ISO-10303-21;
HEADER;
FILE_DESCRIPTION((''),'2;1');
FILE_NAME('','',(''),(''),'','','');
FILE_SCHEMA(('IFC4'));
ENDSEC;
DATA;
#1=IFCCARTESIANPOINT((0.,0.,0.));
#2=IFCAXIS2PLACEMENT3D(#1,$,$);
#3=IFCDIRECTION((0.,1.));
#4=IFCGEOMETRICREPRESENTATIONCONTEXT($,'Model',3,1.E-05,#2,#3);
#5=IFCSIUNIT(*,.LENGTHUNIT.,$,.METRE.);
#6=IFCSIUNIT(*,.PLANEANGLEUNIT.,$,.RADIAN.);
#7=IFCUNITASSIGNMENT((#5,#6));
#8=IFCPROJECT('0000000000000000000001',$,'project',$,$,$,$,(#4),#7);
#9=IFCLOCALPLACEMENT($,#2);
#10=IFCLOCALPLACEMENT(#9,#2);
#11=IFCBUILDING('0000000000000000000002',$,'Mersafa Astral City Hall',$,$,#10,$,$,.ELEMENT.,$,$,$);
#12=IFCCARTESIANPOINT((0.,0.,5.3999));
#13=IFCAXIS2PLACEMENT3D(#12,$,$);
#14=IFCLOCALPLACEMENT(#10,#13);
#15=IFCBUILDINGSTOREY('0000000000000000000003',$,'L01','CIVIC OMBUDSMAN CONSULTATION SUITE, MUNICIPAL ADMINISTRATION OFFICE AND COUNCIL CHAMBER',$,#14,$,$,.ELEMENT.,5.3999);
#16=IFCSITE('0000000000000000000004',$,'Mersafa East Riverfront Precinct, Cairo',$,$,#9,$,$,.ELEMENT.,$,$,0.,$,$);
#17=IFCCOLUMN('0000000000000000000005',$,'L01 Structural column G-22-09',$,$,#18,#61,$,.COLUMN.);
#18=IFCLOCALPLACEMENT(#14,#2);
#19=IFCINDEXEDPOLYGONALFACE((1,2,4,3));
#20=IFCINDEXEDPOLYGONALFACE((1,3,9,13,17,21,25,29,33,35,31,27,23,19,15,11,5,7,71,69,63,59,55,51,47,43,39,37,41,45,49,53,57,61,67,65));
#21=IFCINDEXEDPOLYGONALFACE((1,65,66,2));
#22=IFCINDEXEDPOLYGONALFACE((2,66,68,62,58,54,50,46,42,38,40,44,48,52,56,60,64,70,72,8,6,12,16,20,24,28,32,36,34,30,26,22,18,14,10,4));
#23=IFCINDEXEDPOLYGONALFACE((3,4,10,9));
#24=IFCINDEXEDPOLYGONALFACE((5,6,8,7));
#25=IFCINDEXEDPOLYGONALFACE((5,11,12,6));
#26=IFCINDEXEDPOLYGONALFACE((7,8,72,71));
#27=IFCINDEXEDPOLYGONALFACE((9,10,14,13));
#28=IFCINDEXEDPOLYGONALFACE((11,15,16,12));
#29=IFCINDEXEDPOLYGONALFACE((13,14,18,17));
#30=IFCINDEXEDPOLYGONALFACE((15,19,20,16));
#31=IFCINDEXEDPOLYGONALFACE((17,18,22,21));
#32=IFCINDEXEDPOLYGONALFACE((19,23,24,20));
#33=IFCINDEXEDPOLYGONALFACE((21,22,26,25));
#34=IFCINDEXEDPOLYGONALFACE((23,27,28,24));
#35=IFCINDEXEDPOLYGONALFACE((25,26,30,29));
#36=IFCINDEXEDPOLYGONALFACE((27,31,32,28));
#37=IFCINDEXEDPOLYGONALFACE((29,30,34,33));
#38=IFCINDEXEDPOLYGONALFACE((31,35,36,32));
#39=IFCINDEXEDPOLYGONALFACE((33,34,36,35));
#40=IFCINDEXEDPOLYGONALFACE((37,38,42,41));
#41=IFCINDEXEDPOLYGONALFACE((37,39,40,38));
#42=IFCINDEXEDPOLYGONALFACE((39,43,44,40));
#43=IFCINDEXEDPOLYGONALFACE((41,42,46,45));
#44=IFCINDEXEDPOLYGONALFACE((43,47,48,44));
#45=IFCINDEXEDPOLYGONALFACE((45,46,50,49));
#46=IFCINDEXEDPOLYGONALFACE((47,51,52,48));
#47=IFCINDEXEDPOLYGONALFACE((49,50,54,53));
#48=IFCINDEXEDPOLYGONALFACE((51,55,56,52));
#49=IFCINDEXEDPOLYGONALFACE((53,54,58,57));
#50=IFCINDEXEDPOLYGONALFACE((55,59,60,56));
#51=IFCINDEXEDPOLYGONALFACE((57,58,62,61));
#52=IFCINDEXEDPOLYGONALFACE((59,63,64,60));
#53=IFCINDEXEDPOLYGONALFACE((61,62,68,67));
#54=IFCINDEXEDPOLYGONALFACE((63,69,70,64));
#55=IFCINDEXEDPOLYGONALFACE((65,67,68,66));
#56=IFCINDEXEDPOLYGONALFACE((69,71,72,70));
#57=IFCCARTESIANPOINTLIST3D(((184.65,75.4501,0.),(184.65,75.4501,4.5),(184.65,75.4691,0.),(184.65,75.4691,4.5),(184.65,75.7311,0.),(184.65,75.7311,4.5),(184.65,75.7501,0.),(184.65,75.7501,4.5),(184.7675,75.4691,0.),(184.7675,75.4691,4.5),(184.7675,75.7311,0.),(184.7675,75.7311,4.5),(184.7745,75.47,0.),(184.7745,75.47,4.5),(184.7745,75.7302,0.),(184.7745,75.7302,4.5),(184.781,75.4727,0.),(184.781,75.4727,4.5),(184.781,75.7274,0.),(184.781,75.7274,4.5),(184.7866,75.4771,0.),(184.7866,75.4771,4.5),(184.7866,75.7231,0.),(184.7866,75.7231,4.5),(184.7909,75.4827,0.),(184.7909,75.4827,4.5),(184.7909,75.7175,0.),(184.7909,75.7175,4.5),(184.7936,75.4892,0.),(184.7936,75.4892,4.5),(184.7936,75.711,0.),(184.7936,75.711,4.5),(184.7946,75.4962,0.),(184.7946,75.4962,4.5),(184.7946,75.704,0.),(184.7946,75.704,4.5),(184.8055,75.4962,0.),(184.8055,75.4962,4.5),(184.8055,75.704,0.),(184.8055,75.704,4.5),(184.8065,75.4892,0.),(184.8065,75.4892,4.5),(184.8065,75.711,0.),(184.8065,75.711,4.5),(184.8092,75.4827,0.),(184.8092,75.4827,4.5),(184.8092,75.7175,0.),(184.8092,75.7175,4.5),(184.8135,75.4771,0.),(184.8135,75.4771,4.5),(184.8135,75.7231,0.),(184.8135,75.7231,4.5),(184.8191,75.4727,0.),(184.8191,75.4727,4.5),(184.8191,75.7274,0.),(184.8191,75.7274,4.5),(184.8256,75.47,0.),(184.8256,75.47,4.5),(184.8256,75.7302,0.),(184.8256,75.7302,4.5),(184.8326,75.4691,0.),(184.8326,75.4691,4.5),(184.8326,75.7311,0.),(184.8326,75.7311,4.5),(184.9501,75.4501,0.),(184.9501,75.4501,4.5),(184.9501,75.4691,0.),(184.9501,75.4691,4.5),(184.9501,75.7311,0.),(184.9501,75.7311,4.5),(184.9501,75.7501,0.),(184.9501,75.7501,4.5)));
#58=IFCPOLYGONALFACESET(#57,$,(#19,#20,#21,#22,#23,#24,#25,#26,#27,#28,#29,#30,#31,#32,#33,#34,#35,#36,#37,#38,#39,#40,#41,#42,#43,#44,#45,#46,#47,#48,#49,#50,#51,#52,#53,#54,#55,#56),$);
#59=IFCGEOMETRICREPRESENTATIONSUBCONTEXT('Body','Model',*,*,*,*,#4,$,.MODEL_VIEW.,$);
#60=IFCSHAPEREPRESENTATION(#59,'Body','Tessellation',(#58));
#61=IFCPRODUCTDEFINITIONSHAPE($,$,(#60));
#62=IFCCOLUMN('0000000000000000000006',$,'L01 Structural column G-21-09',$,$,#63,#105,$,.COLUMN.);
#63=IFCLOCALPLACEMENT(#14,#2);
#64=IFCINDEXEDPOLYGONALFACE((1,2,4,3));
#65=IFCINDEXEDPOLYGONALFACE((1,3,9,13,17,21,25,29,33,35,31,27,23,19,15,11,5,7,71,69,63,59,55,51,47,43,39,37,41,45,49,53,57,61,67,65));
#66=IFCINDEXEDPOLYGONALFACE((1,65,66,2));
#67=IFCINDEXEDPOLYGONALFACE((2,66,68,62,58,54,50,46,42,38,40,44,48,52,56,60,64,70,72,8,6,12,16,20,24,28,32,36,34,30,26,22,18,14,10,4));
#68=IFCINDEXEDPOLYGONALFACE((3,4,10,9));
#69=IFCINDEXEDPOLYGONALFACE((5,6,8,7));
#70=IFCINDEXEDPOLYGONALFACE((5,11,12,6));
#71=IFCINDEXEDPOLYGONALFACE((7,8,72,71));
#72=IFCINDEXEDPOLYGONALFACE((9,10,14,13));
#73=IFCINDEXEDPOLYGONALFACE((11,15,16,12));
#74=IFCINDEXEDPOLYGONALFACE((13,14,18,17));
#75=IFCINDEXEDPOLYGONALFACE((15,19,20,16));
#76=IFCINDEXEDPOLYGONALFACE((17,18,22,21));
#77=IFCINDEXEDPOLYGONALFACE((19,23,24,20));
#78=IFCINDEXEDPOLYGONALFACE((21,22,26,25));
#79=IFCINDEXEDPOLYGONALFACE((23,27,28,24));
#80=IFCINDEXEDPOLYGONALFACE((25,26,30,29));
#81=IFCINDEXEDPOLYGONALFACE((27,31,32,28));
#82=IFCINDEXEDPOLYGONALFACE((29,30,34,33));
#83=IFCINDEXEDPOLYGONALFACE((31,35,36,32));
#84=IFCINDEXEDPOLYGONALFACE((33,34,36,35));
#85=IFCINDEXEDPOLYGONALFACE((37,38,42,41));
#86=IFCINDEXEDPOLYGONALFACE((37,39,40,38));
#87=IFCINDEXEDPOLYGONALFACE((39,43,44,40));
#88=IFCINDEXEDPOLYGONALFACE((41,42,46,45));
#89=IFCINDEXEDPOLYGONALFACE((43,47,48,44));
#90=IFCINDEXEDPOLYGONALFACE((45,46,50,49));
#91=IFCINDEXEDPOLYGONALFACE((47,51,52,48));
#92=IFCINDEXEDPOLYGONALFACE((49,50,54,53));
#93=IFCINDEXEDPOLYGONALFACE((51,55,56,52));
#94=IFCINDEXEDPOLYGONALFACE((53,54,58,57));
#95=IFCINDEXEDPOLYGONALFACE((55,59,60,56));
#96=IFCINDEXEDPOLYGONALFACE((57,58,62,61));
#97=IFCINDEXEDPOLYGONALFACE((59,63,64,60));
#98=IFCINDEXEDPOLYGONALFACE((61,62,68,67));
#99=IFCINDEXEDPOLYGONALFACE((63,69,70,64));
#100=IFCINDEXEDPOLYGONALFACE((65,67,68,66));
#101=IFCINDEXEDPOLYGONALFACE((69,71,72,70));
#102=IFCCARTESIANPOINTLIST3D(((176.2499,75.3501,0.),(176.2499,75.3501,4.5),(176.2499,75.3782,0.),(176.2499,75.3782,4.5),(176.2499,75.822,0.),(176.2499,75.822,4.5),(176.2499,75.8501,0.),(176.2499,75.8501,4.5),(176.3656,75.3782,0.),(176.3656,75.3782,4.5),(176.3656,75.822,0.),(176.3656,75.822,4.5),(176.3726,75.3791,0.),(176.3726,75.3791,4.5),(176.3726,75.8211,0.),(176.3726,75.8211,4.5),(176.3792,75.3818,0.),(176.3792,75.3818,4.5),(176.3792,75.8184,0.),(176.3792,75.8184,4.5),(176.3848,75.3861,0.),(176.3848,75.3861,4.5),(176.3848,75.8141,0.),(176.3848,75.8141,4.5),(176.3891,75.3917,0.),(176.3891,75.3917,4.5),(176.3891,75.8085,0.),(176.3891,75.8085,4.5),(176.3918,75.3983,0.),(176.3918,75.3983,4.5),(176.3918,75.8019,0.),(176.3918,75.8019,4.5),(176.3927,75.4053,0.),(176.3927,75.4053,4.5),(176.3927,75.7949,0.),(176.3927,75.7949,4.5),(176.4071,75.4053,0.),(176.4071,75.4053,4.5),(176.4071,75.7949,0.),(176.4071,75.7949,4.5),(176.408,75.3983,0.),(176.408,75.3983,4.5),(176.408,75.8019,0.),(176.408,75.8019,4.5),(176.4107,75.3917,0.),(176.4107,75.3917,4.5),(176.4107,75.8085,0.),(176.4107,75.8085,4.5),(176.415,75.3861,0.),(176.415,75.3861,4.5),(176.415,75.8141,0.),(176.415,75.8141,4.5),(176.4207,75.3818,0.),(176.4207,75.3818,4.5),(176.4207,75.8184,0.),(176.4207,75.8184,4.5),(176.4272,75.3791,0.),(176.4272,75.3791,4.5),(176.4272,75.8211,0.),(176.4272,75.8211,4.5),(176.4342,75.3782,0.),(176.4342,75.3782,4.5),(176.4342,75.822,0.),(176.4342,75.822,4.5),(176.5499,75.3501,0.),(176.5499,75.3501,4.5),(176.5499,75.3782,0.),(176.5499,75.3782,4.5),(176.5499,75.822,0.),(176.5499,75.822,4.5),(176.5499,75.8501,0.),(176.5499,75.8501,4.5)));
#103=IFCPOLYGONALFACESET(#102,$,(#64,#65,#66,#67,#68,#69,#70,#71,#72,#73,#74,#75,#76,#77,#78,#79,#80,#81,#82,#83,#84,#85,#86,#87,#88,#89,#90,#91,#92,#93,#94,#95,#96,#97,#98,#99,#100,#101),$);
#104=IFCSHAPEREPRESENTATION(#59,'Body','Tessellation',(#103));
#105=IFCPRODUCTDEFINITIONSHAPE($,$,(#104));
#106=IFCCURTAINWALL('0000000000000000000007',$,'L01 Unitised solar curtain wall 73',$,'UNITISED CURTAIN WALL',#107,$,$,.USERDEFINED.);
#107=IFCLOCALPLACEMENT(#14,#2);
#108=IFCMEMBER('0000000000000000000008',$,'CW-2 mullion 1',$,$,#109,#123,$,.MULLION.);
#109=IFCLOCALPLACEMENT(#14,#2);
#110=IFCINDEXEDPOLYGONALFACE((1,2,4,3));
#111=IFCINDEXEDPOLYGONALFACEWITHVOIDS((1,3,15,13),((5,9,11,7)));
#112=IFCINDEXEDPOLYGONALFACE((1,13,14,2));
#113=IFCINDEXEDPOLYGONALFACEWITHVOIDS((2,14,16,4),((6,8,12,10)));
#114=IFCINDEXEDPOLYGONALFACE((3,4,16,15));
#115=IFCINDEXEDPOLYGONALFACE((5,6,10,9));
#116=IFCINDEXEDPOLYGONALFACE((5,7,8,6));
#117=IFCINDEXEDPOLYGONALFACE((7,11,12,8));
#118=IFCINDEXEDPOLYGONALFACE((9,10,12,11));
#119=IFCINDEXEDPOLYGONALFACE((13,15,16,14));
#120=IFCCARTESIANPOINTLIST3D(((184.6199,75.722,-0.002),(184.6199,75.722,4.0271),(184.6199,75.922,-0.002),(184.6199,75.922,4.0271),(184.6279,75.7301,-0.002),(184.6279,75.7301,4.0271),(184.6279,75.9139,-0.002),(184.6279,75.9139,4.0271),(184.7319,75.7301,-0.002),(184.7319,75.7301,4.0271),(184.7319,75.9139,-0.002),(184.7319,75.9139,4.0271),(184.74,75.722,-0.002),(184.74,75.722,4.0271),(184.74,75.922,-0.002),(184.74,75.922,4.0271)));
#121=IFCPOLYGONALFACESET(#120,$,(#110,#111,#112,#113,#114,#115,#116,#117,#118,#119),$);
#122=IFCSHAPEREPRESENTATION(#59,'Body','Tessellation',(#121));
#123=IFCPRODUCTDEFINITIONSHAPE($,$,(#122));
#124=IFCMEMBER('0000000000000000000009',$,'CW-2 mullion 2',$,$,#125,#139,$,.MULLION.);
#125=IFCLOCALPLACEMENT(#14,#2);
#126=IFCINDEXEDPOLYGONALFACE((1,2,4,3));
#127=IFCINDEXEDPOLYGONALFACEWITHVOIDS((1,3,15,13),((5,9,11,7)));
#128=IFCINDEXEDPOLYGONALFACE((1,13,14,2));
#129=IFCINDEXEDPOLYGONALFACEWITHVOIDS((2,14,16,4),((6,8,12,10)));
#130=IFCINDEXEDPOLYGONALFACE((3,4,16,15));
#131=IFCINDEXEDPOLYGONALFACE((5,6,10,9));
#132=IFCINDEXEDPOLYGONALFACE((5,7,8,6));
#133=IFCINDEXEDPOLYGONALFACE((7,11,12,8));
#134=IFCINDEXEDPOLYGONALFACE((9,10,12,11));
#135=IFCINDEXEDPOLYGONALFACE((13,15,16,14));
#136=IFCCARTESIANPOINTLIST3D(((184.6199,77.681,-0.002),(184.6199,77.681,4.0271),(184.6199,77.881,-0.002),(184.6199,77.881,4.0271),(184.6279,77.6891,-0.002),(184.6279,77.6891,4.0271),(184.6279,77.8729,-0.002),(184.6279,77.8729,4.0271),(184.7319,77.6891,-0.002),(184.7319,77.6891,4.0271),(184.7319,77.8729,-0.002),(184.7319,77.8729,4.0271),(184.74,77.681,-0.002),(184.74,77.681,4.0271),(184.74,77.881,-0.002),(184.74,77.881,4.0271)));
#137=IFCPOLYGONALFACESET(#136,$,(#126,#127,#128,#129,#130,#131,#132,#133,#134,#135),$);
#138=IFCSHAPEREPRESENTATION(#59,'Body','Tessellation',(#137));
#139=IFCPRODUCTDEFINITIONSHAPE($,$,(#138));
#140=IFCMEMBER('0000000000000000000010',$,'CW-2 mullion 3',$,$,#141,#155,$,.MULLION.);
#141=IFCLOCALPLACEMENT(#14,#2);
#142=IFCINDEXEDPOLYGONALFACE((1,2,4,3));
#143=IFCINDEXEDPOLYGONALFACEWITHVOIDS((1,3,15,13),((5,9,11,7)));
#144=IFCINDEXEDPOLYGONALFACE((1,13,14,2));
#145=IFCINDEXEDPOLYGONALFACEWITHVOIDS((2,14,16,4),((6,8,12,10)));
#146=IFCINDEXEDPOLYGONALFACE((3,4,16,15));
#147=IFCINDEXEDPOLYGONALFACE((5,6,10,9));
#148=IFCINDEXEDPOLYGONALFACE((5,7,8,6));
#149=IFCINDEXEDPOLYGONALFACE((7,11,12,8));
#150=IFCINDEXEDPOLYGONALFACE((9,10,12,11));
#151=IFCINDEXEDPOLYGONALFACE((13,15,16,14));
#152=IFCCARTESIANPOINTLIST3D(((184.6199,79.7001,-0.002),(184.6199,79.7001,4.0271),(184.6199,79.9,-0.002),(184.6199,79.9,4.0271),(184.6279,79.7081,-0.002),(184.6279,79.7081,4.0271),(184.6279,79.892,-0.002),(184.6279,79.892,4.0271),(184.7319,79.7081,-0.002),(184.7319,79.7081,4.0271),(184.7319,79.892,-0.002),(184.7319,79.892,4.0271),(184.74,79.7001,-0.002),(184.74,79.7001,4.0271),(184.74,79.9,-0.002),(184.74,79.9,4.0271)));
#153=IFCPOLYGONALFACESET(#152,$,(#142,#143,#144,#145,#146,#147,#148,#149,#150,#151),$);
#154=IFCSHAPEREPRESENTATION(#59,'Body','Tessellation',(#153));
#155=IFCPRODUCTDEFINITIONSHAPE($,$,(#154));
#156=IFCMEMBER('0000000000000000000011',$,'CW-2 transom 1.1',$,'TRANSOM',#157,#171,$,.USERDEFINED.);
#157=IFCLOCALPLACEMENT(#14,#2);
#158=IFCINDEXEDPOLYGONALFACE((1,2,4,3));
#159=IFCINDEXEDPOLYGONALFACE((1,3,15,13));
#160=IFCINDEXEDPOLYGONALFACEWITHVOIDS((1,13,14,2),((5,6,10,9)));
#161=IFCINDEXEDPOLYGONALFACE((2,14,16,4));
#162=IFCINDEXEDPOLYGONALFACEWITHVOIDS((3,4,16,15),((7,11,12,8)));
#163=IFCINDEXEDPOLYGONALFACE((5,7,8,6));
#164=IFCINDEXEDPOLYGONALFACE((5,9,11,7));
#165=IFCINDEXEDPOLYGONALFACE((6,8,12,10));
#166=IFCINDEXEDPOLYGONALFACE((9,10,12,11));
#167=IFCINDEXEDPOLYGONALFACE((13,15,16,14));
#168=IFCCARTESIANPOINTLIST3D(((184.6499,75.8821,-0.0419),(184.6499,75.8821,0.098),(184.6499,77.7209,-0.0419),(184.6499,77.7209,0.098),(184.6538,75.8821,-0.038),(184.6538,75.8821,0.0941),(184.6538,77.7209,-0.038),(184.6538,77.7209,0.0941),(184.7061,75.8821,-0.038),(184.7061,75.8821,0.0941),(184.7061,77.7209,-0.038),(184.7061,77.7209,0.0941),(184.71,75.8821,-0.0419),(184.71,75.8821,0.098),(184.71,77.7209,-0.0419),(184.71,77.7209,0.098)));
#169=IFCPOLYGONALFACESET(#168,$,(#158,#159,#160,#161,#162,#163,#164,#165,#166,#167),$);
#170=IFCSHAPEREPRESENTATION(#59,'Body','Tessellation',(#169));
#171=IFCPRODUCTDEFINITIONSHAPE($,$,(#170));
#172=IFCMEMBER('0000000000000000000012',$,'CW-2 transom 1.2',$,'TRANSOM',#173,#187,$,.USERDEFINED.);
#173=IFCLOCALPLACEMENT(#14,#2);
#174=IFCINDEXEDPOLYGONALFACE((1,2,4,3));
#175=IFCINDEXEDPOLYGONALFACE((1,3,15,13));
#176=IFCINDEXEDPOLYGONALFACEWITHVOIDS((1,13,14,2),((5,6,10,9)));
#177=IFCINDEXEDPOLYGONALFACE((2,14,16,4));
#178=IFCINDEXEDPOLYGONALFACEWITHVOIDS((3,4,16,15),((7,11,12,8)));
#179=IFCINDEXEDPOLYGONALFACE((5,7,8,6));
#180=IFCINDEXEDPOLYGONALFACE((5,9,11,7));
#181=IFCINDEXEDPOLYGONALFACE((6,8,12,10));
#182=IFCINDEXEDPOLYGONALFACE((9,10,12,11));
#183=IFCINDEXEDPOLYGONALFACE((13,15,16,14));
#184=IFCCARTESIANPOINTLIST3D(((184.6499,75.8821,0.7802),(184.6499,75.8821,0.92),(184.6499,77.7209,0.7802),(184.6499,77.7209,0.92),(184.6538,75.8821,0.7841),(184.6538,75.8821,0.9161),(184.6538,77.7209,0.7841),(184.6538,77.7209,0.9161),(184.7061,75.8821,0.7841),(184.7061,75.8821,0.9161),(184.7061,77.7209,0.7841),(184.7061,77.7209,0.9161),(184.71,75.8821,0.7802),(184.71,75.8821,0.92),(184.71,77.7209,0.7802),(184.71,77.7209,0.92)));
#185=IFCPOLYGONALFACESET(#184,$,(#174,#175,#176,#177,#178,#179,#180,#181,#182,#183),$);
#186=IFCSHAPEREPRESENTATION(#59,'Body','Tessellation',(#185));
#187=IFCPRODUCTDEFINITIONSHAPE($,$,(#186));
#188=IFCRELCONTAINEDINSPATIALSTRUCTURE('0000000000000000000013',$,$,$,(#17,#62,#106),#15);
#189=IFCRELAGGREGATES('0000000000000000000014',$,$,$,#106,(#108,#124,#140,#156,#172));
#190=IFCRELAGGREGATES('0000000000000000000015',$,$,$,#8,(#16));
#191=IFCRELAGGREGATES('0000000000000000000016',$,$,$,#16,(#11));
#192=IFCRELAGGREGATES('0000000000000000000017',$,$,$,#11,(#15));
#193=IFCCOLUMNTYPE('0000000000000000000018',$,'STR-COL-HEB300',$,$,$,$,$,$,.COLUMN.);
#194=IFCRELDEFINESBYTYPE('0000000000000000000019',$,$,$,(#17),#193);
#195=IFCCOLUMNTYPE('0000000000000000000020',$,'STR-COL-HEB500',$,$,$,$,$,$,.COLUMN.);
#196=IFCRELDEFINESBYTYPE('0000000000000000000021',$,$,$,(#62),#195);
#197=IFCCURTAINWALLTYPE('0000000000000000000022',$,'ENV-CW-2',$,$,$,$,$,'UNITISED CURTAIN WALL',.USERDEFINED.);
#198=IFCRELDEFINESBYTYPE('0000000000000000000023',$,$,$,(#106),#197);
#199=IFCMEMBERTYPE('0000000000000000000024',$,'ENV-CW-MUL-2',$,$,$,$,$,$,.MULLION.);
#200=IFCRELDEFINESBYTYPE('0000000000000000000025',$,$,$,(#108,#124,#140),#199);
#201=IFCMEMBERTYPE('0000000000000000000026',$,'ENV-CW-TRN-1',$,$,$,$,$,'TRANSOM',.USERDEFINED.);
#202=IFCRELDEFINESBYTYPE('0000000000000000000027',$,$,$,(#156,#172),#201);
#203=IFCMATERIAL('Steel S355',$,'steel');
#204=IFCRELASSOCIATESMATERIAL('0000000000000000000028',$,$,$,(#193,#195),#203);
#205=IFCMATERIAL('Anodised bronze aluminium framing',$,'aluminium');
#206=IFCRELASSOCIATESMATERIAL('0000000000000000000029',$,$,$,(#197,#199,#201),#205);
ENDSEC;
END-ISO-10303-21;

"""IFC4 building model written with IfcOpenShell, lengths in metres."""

from ifc_helpers import new_model, si_unit, direction, frame, origin, origin_2d, place, context, subcontext, project, spatial, hollow_rectangle, i_section, extrude, material, material_profile, profile_set, type_object, element, aggregate, save


model = new_model("IFC4")

# Units and contexts
model_context = context("Model", 3, precision=1e-05, world=origin(), true_north=direction((0.0, 1.0)))
body_context = subcontext(model_context, "Body", "Model", "MODEL_VIEW")
ifc_project = project(units=[si_unit("LENGTHUNIT", "METRE"), si_unit("PLANEANGLEUNIT", "RADIAN")], contexts=[model_context])

# Site, building, storey
site_placement = place(None, origin())
site = spatial("IfcSite", under=ifc_project, at=site_placement, Name="Mersafa East Riverfront Precinct, Cairo", CompositionType="ELEMENT", RefElevation=0.0)
building_placement = place(site_placement, origin())
building = spatial("IfcBuilding", under=site, at=building_placement, Name="Mersafa Astral City Hall", CompositionType="ELEMENT")
storey_placement = place(building_placement, frame((0.0, 0.0, 5.3999)))
storey = spatial("IfcBuildingStorey", under=building, at=storey_placement, Name="L01", Description="CIVIC OMBUDSMAN CONSULTATION SUITE, MUNICIPAL ADMINISTRATION OFFICE AND COUNCIL CHAMBER", CompositionType="ELEMENT", Elevation=5.3999)

# Columns
ifc_material_1 = material(Name="Steel S355", Category="steel")
ifc_material_profile_1 = material_profile(ifc_material_1, i_section(OverallWidth=0.3, OverallDepth=0.3, WebThickness=0.011, FlangeThickness=0.019, FilletRadius=0.0271, at=origin_2d()), Name="HEB 300")
ifc_profile_set_1 = profile_set([ifc_material_profile_1], Name="Steel S355")
column_type_1 = type_object("IfcColumnType", Name="STR-COL-HEB300", PredefinedType="COLUMN", material=ifc_profile_set_1)
column_1_placement = place(storey_placement, frame((184.8, 75.6001, 0.0), z_axis=(0.0, 0.0, 1.0), x_axis=(1.0, 0.0, 0.0)))
element("IfcColumn", 1, at=column_1_placement, inside=storey, type_object=column_type_1, Name="L01 Structural column G-22-09", PredefinedType="COLUMN", context=body_context, shape_type="SweptSolid", body=[
    extrude(i_section(OverallWidth=0.3, OverallDepth=0.3, WebThickness=0.011, FlangeThickness=0.019, FilletRadius=0.0271, at=origin_2d()), origin(), (0.0, 0.0, 1.0), 4.5),
])
ifc_material_profile_2 = material_profile(ifc_material_1, i_section(OverallWidth=0.3, OverallDepth=0.5, WebThickness=0.0144, FlangeThickness=0.0281, FilletRadius=0.0271, at=origin_2d()), Name="HEB 500")
ifc_profile_set_2 = profile_set([ifc_material_profile_2], Name="Steel S355")
column_type_2 = type_object("IfcColumnType", Name="STR-COL-HEB500", PredefinedType="COLUMN", material=ifc_profile_set_2)
column_2_placement = place(storey_placement, frame((176.3999, 75.6001, 0.0), z_axis=(0.0, 0.0, 1.0), x_axis=(1.0, 0.0, 0.0)))
element("IfcColumn", 2, at=column_2_placement, inside=storey, type_object=column_type_2, Name="L01 Structural column G-21-09", PredefinedType="COLUMN", context=body_context, shape_type="SweptSolid", body=[
    extrude(i_section(OverallWidth=0.3, OverallDepth=0.5, WebThickness=0.0144, FlangeThickness=0.0281, FilletRadius=0.0271, at=origin_2d()), origin(), (0.0, 0.0, 1.0), 4.5),
])

# Curtain wall, members
ifc_material_2 = material(Name="Anodised bronze aluminium framing", Category="aluminium")
curtain_wall_type = type_object("IfcCurtainWallType", Name="ENV-CW-2", ElementType="UNITISED CURTAIN WALL", PredefinedType="USERDEFINED", material=ifc_material_2)
curtain_wall_placement = place(storey_placement, origin())
curtain_wall = element("IfcCurtainWall", 3, at=curtain_wall_placement, inside=storey, type_object=curtain_wall_type, Name="L01 Unitised solar curtain wall 73", ObjectType="UNITISED CURTAIN WALL", PredefinedType="USERDEFINED")
ifc_material_profile_3 = material_profile(ifc_material_2, hollow_rectangle(XDim=0.1201, YDim=0.2, WallThickness=0.0081, at=origin_2d()), Name="RHS 120x200x8")
ifc_profile_set_3 = profile_set([ifc_material_profile_3], Name="Anodised bronze aluminium framing")
member_type_1 = type_object("IfcMemberType", Name="ENV-CW-MUL-2", PredefinedType="MULLION", material=ifc_profile_set_3)
member_1_placement = place(storey_placement, frame((184.6799, 75.822, -0.002), z_axis=(0.0, 0.0, 1.0), x_axis=(-1.0, 0.0, 0.0)))
member_1 = element("IfcMember", 4, at=member_1_placement, type_object=member_type_1, Name="CW-2 mullion 1", PredefinedType="MULLION", context=body_context, shape_type="SweptSolid", body=[
    extrude(hollow_rectangle(XDim=0.1201, YDim=0.2, WallThickness=0.0081, at=origin_2d()), origin(), (0.0, 0.0, 1.0), 4.0291),
])
member_2_placement = place(storey_placement, frame((184.6799, 77.781, -0.002), z_axis=(0.0, 0.0, 1.0), x_axis=(-1.0, 0.0, 0.0)))
member_2 = element("IfcMember", 5, at=member_2_placement, type_object=member_type_1, Name="CW-2 mullion 2", PredefinedType="MULLION", context=body_context, shape_type="SweptSolid", body=[
    extrude(hollow_rectangle(XDim=0.1201, YDim=0.2, WallThickness=0.0081, at=origin_2d()), origin(), (0.0, 0.0, 1.0), 4.0291),
])
member_3_placement = place(storey_placement, frame((184.6799, 79.8, -0.002), z_axis=(0.0, 0.0, 1.0), x_axis=(-1.0, 0.0, 0.0)))
member_3 = element("IfcMember", 6, at=member_3_placement, type_object=member_type_1, Name="CW-2 mullion 3", PredefinedType="MULLION", context=body_context, shape_type="SweptSolid", body=[
    extrude(hollow_rectangle(XDim=0.1201, YDim=0.2, WallThickness=0.0081, at=origin_2d()), origin(), (0.0, 0.0, 1.0), 4.0291),
])
ifc_material_profile_4 = material_profile(ifc_material_2, hollow_rectangle(XDim=0.0601, YDim=0.1399, WallThickness=0.0039, at=origin_2d()), Name="RHS 60x140x4")
ifc_profile_set_4 = profile_set([ifc_material_profile_4], Name="Anodised bronze aluminium framing")
member_type_2 = type_object("IfcMemberType", Name="ENV-CW-TRN-1", ElementType="TRANSOM", PredefinedType="USERDEFINED", material=ifc_profile_set_4)
member_4_placement = place(storey_placement, frame((184.6799, 75.8821, 0.0281), z_axis=(0.0, 1.0, 0.0), x_axis=(-1.0, 0.0, 0.0)))
member_4 = element("IfcMember", 7, at=member_4_placement, type_object=member_type_2, Name="CW-2 transom 1.1", ObjectType="TRANSOM", PredefinedType="USERDEFINED", context=body_context, shape_type="SweptSolid", body=[
    extrude(hollow_rectangle(XDim=0.0601, YDim=0.1399, WallThickness=0.0039, at=origin_2d()), origin(), (0.0, 0.0, 1.0), 1.8389),
])
member_5_placement = place(storey_placement, frame((184.6799, 75.8821, 0.8501), z_axis=(0.0, 1.0, 0.0), x_axis=(-1.0, 0.0, 0.0)))
member_5 = element("IfcMember", 8, at=member_5_placement, type_object=member_type_2, Name="CW-2 transom 1.2", ObjectType="TRANSOM", PredefinedType="USERDEFINED", context=body_context, shape_type="SweptSolid", body=[
    extrude(hollow_rectangle(XDim=0.0601, YDim=0.1399, WallThickness=0.0039, at=origin_2d()), origin(), (0.0, 0.0, 1.0), 1.8389),
])

aggregate(curtain_wall, [member_1, member_2, member_3, member_4, member_5])

save(model, "model.ifc")
